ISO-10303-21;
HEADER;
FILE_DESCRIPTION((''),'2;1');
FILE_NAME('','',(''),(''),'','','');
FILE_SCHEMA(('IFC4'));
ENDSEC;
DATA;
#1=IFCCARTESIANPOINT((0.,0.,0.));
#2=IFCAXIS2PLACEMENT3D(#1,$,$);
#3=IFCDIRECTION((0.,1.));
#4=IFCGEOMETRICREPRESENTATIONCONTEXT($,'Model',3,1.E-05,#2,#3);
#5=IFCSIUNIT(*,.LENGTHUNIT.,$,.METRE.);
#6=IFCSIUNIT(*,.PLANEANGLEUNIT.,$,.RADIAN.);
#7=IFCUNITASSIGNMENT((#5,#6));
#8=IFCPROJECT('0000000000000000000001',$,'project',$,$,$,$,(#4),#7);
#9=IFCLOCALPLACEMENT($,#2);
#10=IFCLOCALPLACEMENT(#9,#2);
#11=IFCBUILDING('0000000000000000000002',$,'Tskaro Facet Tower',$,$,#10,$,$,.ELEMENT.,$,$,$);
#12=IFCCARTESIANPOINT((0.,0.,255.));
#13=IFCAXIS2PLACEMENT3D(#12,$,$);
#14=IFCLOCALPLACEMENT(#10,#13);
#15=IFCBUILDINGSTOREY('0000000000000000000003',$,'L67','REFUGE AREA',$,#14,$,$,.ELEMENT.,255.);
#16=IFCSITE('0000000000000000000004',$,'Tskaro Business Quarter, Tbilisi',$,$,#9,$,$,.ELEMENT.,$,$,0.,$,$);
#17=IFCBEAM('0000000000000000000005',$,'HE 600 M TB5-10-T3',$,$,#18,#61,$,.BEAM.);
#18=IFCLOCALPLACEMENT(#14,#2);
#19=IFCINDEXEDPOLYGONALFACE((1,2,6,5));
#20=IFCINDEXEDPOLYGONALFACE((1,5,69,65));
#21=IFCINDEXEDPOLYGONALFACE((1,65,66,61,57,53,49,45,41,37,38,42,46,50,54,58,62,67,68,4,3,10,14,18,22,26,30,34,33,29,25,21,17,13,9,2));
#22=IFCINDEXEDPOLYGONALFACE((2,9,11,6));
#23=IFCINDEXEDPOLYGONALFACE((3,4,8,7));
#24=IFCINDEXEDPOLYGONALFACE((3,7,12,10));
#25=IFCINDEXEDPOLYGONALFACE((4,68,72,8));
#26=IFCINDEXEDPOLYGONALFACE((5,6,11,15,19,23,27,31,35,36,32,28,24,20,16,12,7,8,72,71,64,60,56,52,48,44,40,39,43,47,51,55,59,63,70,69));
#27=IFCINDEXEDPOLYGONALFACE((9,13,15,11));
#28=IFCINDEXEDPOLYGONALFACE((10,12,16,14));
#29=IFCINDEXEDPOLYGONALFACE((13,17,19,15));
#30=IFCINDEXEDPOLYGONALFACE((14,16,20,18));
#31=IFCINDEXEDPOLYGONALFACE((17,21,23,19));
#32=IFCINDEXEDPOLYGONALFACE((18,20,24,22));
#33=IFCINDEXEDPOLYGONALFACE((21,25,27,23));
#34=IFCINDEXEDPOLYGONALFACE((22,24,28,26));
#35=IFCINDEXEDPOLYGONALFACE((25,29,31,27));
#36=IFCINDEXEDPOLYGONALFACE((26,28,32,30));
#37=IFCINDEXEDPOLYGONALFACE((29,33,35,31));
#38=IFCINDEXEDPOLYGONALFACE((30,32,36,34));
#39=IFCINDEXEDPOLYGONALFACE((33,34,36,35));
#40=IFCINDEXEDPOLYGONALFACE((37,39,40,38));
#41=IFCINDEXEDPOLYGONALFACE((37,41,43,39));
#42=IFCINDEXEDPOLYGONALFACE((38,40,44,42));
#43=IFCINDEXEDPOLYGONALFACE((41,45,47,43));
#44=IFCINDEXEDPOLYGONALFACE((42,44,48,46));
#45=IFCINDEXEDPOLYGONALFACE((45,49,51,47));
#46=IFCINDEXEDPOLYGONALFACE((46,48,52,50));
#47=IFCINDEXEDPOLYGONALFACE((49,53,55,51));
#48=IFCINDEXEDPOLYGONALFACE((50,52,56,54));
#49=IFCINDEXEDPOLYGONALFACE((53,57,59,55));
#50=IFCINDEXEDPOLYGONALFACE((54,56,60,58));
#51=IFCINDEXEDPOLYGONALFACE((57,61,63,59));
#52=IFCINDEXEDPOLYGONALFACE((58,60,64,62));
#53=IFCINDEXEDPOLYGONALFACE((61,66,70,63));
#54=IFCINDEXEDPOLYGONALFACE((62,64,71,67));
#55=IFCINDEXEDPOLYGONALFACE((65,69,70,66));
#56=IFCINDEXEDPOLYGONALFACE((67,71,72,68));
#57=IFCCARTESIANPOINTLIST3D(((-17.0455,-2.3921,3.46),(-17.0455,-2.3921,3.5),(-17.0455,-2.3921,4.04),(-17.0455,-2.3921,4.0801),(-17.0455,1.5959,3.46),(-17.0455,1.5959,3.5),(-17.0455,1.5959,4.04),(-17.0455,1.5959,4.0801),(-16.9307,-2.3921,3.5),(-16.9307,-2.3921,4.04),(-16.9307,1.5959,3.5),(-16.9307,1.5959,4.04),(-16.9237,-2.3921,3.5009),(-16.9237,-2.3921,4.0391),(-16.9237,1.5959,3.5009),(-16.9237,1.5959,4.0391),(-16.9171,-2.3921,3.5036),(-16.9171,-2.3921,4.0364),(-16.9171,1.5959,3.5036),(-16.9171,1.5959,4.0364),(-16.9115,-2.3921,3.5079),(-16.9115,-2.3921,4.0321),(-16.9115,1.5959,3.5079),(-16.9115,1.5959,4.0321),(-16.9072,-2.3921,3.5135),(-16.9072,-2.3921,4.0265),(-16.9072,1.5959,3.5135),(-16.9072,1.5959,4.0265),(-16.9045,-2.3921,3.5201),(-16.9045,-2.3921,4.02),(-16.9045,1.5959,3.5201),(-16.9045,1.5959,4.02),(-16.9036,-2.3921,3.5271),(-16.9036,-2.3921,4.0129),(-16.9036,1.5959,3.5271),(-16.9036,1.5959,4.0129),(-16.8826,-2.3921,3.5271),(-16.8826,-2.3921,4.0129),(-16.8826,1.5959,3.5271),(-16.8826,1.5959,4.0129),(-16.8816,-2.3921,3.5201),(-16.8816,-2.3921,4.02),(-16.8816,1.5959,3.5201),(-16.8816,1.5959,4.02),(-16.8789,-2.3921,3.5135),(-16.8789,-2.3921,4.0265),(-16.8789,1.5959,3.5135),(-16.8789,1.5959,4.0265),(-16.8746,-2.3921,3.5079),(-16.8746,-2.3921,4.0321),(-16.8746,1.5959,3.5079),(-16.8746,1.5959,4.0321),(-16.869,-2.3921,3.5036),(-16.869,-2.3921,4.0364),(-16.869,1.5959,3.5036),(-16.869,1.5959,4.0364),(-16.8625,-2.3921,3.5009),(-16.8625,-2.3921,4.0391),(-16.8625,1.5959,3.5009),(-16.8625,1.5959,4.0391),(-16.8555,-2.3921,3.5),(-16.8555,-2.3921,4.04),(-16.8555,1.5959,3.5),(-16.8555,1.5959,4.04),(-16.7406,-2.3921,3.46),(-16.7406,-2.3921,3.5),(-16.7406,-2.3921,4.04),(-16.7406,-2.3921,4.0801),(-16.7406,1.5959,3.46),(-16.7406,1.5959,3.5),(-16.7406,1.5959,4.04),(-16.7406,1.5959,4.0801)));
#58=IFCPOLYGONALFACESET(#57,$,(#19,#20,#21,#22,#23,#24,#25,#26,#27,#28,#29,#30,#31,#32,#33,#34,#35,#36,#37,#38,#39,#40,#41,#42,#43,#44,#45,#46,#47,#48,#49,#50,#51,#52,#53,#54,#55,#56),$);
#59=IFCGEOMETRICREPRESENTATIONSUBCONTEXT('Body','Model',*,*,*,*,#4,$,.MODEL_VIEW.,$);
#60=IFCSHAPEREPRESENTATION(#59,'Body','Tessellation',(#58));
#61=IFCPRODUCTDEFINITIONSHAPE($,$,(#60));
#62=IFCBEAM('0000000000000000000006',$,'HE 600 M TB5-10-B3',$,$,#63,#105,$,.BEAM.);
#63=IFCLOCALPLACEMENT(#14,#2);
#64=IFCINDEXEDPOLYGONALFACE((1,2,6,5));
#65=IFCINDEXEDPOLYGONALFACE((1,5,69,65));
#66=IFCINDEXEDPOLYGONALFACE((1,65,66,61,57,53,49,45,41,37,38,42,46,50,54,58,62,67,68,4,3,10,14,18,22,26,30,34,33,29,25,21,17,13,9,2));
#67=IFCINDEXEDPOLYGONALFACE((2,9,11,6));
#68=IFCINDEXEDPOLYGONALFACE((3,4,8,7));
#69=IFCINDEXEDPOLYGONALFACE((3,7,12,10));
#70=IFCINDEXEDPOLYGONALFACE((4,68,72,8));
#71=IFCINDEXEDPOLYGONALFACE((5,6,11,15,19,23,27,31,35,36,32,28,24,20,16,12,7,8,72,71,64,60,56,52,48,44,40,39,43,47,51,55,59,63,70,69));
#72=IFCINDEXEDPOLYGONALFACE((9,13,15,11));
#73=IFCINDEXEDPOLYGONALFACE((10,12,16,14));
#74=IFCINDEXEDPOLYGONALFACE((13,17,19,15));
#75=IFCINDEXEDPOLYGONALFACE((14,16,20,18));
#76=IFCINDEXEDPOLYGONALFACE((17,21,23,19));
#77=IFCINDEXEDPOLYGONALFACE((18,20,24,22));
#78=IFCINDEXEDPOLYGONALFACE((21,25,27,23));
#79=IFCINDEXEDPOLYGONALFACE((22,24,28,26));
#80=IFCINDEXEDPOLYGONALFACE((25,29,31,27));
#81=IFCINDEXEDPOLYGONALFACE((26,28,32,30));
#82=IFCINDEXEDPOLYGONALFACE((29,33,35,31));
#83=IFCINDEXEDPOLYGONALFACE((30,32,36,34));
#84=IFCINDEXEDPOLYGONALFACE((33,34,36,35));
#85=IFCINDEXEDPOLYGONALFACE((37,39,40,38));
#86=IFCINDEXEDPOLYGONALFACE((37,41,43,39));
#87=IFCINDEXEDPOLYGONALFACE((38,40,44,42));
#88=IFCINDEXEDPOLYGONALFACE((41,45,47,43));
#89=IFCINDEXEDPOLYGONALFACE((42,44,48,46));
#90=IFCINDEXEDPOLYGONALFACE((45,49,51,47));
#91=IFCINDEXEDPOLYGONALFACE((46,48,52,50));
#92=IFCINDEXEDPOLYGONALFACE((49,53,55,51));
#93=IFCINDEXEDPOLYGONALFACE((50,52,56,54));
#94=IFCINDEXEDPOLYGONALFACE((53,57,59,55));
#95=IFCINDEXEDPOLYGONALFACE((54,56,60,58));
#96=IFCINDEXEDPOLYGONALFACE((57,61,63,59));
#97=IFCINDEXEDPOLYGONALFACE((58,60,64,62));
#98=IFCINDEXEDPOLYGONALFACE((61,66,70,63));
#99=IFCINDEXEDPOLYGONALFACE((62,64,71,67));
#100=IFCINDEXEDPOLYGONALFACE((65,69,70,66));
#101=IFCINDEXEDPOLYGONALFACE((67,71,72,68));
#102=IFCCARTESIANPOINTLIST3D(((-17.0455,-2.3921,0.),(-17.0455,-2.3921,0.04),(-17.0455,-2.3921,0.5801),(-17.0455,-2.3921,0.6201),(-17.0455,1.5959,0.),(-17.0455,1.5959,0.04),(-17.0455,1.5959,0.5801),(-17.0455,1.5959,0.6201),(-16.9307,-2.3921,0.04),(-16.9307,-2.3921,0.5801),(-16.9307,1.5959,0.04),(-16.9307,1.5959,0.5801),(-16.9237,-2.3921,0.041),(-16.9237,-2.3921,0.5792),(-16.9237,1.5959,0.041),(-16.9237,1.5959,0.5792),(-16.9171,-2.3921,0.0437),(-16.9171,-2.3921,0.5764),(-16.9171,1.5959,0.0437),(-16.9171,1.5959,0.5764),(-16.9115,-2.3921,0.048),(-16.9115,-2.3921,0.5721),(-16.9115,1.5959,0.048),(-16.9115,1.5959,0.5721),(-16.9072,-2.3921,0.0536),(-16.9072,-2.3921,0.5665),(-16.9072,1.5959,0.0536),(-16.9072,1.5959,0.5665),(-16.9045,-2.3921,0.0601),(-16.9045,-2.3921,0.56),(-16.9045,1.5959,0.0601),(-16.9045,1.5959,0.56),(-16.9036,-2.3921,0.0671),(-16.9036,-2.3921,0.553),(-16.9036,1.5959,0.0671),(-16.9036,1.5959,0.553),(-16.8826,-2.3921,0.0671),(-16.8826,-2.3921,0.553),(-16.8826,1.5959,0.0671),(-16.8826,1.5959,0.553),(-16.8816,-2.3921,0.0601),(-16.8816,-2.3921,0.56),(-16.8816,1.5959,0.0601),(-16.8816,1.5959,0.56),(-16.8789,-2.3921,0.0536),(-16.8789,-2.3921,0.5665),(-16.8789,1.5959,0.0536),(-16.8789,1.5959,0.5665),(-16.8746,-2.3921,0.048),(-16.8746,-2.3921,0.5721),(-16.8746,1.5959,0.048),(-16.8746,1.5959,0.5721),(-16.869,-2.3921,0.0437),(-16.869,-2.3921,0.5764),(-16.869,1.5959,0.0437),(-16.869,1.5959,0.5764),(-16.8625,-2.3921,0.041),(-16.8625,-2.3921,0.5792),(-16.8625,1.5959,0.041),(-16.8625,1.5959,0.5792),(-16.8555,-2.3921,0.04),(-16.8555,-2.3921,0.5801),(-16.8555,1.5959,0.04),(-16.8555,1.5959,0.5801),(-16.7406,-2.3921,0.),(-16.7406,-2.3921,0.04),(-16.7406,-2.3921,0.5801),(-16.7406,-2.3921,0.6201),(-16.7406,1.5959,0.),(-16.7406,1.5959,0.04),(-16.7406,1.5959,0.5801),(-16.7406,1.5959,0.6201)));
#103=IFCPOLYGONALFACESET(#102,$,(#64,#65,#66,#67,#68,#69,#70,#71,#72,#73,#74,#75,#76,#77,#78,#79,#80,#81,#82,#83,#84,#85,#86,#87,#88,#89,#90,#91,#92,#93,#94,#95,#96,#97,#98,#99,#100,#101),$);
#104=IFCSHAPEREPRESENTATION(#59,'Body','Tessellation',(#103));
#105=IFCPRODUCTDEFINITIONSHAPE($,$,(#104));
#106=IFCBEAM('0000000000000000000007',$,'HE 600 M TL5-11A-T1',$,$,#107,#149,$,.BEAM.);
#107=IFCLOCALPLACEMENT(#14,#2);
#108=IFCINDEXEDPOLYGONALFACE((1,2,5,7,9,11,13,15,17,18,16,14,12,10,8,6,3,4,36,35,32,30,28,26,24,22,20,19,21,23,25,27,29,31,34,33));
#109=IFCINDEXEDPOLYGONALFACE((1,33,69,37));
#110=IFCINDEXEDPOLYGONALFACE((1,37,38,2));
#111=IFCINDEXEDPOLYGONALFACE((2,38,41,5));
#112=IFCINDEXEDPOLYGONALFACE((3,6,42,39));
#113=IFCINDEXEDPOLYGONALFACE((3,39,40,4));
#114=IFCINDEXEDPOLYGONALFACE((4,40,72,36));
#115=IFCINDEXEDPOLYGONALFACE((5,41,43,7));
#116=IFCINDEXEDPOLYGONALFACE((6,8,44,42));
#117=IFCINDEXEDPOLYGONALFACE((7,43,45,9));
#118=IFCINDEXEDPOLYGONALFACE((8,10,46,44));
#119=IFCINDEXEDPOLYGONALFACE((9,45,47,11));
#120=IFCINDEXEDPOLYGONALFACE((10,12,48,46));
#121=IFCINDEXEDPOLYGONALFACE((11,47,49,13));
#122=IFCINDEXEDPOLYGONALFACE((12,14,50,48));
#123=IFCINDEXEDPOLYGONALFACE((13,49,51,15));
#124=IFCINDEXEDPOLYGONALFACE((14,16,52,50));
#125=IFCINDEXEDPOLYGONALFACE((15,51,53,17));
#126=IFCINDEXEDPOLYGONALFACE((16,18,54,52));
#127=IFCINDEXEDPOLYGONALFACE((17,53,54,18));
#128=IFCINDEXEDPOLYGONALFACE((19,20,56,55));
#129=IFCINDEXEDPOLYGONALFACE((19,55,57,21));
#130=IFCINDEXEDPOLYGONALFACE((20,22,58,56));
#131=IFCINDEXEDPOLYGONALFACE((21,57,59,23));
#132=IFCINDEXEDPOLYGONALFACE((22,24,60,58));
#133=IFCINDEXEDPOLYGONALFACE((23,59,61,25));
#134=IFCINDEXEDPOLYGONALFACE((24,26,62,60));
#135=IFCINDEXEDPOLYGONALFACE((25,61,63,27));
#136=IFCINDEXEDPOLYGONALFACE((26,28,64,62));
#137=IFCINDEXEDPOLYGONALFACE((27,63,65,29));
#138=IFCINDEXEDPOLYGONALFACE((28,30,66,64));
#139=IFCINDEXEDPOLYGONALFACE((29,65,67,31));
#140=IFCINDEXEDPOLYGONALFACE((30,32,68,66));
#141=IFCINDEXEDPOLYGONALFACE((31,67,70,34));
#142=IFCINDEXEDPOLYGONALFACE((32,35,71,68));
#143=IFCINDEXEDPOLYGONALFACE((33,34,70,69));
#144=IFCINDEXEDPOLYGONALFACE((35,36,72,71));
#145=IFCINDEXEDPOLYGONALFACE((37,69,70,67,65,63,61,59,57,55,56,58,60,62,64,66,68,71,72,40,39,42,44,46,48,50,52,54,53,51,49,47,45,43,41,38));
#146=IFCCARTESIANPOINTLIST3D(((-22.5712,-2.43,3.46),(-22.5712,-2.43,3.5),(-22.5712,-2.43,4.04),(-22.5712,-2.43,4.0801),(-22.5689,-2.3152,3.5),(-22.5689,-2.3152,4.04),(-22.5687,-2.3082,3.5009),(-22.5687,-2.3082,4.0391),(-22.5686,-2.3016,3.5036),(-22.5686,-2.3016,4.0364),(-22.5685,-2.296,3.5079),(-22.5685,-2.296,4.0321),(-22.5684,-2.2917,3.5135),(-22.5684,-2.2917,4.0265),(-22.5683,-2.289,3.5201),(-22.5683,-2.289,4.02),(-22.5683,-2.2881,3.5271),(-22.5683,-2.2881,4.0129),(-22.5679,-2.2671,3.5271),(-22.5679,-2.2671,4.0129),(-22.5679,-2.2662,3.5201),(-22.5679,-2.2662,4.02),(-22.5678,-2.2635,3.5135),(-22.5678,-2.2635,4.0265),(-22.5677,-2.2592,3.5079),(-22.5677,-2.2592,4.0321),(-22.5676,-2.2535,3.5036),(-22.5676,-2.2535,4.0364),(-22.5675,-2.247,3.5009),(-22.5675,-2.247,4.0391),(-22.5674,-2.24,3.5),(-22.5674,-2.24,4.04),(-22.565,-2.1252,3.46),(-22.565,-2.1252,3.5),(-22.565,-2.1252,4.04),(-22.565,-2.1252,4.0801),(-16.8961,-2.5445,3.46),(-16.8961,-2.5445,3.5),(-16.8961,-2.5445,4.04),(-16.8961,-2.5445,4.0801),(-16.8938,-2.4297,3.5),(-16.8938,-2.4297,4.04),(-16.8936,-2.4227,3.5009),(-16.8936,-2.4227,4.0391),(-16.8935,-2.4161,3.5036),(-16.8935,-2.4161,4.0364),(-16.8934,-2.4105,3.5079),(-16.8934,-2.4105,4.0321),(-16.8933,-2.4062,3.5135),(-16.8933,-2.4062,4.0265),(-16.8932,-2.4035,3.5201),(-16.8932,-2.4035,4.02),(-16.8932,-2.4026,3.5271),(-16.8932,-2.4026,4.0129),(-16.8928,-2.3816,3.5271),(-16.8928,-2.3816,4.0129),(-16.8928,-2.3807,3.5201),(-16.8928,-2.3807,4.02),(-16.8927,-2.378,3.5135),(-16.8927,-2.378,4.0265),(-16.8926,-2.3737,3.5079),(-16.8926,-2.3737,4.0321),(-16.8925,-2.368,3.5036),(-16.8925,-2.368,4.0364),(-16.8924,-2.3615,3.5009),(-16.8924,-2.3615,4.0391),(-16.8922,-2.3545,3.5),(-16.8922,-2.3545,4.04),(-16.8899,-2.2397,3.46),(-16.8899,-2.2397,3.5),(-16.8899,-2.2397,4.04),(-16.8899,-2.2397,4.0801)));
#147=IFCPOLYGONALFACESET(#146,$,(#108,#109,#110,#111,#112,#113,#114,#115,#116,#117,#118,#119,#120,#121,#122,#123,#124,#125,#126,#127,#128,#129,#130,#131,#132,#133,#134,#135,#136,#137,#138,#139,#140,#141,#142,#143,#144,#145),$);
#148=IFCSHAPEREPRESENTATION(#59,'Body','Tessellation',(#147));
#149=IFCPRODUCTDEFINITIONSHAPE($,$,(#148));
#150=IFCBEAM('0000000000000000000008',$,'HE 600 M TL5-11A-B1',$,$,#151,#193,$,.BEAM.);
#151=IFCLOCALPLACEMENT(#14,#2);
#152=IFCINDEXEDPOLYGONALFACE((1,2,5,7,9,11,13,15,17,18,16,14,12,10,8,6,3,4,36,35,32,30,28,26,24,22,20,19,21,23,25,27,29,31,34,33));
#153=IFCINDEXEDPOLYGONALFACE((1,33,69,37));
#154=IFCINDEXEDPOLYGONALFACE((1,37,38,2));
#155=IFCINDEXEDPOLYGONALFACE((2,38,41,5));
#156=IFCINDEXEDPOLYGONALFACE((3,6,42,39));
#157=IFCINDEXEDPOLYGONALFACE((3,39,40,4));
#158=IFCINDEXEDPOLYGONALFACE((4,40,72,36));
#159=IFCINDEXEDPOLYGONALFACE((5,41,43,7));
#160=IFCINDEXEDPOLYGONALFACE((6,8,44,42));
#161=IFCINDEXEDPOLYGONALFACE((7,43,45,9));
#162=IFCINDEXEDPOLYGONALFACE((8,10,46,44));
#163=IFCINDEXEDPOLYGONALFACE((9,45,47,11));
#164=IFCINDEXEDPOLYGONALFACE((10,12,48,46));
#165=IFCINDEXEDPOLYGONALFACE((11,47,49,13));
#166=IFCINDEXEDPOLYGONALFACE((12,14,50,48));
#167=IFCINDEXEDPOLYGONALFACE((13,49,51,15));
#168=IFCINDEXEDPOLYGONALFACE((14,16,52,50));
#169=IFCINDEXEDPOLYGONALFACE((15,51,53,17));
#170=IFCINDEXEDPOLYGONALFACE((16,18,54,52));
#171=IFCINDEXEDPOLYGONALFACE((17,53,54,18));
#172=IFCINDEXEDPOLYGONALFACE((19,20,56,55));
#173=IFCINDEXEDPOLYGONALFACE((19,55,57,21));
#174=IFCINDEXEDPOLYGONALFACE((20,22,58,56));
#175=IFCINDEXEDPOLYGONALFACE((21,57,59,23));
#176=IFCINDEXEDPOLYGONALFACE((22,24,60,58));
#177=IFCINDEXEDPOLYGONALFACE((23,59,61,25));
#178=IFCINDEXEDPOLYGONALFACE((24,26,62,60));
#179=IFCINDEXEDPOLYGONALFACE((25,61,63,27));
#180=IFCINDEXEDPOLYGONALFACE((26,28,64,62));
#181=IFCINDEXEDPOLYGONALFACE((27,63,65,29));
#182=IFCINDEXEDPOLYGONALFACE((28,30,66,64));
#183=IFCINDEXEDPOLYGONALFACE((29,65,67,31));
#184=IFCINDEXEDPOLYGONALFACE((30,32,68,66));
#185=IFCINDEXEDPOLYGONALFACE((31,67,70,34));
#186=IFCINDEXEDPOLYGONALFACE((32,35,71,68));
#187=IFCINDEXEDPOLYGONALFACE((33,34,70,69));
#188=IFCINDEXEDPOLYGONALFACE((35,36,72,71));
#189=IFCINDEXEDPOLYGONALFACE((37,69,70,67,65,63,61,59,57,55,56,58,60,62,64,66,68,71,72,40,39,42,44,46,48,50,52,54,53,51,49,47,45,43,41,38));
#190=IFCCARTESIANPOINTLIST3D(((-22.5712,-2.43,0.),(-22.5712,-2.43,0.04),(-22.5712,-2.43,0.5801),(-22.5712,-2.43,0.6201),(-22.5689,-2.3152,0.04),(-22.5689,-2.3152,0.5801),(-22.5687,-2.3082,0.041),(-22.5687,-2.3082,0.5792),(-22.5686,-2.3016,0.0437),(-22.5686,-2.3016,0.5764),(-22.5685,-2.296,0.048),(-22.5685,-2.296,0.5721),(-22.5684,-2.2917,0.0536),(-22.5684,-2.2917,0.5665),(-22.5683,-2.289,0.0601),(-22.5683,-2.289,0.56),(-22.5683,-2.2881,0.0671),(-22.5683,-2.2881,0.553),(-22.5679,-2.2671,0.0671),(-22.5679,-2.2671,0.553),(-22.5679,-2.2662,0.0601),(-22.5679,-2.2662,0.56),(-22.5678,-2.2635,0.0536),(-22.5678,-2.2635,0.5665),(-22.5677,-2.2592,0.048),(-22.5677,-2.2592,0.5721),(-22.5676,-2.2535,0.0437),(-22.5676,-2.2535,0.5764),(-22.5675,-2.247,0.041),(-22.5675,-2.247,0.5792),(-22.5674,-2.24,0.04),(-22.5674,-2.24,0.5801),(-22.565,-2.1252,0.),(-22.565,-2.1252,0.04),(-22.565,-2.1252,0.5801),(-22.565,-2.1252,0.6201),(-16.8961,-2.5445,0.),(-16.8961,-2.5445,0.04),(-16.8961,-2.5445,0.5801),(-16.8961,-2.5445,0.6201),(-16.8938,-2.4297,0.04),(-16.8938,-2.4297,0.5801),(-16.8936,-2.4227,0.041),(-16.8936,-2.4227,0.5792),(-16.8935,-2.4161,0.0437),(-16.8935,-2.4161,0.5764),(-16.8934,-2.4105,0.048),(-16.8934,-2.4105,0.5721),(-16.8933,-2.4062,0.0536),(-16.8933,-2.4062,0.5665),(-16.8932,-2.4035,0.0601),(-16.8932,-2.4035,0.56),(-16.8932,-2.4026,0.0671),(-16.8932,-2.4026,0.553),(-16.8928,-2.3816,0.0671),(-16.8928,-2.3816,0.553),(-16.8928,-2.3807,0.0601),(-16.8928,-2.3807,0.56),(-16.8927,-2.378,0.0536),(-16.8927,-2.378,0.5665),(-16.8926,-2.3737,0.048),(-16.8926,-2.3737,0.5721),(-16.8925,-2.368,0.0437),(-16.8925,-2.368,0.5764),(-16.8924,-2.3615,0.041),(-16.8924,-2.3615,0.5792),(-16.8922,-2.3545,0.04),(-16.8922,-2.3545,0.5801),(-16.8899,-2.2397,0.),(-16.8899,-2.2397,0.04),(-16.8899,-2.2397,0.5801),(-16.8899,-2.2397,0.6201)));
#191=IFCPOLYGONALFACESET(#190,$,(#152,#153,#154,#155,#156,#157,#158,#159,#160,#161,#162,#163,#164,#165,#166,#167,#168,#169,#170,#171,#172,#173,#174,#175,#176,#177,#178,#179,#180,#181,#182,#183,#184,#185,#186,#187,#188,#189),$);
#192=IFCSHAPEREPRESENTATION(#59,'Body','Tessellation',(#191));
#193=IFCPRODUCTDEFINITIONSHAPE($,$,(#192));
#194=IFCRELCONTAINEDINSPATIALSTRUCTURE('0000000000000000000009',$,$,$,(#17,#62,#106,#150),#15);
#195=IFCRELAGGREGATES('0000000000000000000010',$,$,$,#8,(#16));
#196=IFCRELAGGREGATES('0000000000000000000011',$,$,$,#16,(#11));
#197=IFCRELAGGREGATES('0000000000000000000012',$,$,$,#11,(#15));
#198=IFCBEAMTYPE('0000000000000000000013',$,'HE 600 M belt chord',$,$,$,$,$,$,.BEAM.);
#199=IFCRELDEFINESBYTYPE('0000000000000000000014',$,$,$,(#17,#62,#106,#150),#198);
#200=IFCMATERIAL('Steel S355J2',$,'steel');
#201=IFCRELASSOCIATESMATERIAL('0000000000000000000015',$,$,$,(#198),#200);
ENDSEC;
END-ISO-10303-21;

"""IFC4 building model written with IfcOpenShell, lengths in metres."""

from ifc_helpers import new_model, si_unit, direction, frame, origin, origin_2d, place, context, subcontext, project, spatial, i_section, extrude, material, material_profile, profile_set, type_object, element, save


model = new_model("IFC4")

# Units and contexts
model_context = context("Model", 3, precision=1e-05, world=origin(), true_north=direction((0.0, 1.0)))
body_context = subcontext(model_context, "Body", "Model", "MODEL_VIEW")
ifc_project = project(units=[si_unit("LENGTHUNIT", "METRE"), si_unit("PLANEANGLEUNIT", "RADIAN")], contexts=[model_context])

# Site, building, storey
site_placement = place(None, origin())
site = spatial("IfcSite", under=ifc_project, at=site_placement, Name="Tskaro Business Quarter, Tbilisi", CompositionType="ELEMENT", RefElevation=0.0)
building_placement = place(site_placement, origin())
building = spatial("IfcBuilding", under=site, at=building_placement, Name="Tskaro Facet Tower", CompositionType="ELEMENT")
storey_placement = place(building_placement, frame((0.0, 0.0, 255.0)))
storey = spatial("IfcBuildingStorey", under=building, at=storey_placement, Name="L67", Description="REFUGE AREA", CompositionType="ELEMENT", Elevation=255.0)

# Shared definitions
ifc_material_1 = material(Name="Steel S355J2", Category="steel")

# Beams
ifc_material_profile_1 = material_profile(ifc_material_1, i_section(OverallWidth=0.3049, OverallDepth=0.6201, WebThickness=0.021, FlangeThickness=0.04, FilletRadius=0.0271, at=origin_2d()), Name="HE 600 M")
ifc_profile_set_1 = profile_set([ifc_material_profile_1], Name="Steel S355J2")
beam_type_1 = type_object("IfcBeamType", Name="HE 600 M belt chord", PredefinedType="BEAM", material=ifc_profile_set_1)
for number, where, z_axis, x_axis, name in (
    (1, (-16.8931, 1.5959, 3.77), (0.0, -1.0, 0.0), (1.0, 0.0, 0.0), "HE 600 M TB5-10-T3"),
    (2, (-16.8931, 1.5959, 0.3101), (0.0, -1.0, 0.0), (1.0, 0.0, 0.0), "HE 600 M TB5-10-B3"),
):
    element("IfcBeam", number, at=place(storey_placement, frame(where, z_axis=z_axis, x_axis=x_axis)), inside=storey, type_object=beam_type_1, Name=name, PredefinedType="BEAM", context=body_context, shape_type="SweptSolid", body=[
        extrude(i_section(OverallWidth=0.3049, OverallDepth=0.6201, WebThickness=0.021, FlangeThickness=0.04, FilletRadius=0.0271, at=origin_2d()), origin(), (0.0, 0.0, 1.0), 3.988),
    ])
for number, where, z_axis, x_axis, name in (
    (3, (-22.5681, -2.2776, 3.77), (0.999797, -0.020172, 0.0), (0.020172, 0.999797, 0.0), "HE 600 M TL5-11A-T1"),
    (4, (-22.5681, -2.2776, 0.3101), (0.999797, -0.020172, 0.0), (0.020172, 0.999797, 0.0), "HE 600 M TL5-11A-B1"),
):
    element("IfcBeam", number, at=place(storey_placement, frame(where, z_axis=z_axis, x_axis=x_axis)), inside=storey, type_object=beam_type_1, Name=name, PredefinedType="BEAM", context=body_context, shape_type="SweptSolid", body=[
        extrude(i_section(OverallWidth=0.3049, OverallDepth=0.6201, WebThickness=0.021, FlangeThickness=0.04, FilletRadius=0.0271, at=origin_2d()), origin(), (0.0, 0.0, 1.0), 5.6763),
    ])

save(model, "model.ifc")
